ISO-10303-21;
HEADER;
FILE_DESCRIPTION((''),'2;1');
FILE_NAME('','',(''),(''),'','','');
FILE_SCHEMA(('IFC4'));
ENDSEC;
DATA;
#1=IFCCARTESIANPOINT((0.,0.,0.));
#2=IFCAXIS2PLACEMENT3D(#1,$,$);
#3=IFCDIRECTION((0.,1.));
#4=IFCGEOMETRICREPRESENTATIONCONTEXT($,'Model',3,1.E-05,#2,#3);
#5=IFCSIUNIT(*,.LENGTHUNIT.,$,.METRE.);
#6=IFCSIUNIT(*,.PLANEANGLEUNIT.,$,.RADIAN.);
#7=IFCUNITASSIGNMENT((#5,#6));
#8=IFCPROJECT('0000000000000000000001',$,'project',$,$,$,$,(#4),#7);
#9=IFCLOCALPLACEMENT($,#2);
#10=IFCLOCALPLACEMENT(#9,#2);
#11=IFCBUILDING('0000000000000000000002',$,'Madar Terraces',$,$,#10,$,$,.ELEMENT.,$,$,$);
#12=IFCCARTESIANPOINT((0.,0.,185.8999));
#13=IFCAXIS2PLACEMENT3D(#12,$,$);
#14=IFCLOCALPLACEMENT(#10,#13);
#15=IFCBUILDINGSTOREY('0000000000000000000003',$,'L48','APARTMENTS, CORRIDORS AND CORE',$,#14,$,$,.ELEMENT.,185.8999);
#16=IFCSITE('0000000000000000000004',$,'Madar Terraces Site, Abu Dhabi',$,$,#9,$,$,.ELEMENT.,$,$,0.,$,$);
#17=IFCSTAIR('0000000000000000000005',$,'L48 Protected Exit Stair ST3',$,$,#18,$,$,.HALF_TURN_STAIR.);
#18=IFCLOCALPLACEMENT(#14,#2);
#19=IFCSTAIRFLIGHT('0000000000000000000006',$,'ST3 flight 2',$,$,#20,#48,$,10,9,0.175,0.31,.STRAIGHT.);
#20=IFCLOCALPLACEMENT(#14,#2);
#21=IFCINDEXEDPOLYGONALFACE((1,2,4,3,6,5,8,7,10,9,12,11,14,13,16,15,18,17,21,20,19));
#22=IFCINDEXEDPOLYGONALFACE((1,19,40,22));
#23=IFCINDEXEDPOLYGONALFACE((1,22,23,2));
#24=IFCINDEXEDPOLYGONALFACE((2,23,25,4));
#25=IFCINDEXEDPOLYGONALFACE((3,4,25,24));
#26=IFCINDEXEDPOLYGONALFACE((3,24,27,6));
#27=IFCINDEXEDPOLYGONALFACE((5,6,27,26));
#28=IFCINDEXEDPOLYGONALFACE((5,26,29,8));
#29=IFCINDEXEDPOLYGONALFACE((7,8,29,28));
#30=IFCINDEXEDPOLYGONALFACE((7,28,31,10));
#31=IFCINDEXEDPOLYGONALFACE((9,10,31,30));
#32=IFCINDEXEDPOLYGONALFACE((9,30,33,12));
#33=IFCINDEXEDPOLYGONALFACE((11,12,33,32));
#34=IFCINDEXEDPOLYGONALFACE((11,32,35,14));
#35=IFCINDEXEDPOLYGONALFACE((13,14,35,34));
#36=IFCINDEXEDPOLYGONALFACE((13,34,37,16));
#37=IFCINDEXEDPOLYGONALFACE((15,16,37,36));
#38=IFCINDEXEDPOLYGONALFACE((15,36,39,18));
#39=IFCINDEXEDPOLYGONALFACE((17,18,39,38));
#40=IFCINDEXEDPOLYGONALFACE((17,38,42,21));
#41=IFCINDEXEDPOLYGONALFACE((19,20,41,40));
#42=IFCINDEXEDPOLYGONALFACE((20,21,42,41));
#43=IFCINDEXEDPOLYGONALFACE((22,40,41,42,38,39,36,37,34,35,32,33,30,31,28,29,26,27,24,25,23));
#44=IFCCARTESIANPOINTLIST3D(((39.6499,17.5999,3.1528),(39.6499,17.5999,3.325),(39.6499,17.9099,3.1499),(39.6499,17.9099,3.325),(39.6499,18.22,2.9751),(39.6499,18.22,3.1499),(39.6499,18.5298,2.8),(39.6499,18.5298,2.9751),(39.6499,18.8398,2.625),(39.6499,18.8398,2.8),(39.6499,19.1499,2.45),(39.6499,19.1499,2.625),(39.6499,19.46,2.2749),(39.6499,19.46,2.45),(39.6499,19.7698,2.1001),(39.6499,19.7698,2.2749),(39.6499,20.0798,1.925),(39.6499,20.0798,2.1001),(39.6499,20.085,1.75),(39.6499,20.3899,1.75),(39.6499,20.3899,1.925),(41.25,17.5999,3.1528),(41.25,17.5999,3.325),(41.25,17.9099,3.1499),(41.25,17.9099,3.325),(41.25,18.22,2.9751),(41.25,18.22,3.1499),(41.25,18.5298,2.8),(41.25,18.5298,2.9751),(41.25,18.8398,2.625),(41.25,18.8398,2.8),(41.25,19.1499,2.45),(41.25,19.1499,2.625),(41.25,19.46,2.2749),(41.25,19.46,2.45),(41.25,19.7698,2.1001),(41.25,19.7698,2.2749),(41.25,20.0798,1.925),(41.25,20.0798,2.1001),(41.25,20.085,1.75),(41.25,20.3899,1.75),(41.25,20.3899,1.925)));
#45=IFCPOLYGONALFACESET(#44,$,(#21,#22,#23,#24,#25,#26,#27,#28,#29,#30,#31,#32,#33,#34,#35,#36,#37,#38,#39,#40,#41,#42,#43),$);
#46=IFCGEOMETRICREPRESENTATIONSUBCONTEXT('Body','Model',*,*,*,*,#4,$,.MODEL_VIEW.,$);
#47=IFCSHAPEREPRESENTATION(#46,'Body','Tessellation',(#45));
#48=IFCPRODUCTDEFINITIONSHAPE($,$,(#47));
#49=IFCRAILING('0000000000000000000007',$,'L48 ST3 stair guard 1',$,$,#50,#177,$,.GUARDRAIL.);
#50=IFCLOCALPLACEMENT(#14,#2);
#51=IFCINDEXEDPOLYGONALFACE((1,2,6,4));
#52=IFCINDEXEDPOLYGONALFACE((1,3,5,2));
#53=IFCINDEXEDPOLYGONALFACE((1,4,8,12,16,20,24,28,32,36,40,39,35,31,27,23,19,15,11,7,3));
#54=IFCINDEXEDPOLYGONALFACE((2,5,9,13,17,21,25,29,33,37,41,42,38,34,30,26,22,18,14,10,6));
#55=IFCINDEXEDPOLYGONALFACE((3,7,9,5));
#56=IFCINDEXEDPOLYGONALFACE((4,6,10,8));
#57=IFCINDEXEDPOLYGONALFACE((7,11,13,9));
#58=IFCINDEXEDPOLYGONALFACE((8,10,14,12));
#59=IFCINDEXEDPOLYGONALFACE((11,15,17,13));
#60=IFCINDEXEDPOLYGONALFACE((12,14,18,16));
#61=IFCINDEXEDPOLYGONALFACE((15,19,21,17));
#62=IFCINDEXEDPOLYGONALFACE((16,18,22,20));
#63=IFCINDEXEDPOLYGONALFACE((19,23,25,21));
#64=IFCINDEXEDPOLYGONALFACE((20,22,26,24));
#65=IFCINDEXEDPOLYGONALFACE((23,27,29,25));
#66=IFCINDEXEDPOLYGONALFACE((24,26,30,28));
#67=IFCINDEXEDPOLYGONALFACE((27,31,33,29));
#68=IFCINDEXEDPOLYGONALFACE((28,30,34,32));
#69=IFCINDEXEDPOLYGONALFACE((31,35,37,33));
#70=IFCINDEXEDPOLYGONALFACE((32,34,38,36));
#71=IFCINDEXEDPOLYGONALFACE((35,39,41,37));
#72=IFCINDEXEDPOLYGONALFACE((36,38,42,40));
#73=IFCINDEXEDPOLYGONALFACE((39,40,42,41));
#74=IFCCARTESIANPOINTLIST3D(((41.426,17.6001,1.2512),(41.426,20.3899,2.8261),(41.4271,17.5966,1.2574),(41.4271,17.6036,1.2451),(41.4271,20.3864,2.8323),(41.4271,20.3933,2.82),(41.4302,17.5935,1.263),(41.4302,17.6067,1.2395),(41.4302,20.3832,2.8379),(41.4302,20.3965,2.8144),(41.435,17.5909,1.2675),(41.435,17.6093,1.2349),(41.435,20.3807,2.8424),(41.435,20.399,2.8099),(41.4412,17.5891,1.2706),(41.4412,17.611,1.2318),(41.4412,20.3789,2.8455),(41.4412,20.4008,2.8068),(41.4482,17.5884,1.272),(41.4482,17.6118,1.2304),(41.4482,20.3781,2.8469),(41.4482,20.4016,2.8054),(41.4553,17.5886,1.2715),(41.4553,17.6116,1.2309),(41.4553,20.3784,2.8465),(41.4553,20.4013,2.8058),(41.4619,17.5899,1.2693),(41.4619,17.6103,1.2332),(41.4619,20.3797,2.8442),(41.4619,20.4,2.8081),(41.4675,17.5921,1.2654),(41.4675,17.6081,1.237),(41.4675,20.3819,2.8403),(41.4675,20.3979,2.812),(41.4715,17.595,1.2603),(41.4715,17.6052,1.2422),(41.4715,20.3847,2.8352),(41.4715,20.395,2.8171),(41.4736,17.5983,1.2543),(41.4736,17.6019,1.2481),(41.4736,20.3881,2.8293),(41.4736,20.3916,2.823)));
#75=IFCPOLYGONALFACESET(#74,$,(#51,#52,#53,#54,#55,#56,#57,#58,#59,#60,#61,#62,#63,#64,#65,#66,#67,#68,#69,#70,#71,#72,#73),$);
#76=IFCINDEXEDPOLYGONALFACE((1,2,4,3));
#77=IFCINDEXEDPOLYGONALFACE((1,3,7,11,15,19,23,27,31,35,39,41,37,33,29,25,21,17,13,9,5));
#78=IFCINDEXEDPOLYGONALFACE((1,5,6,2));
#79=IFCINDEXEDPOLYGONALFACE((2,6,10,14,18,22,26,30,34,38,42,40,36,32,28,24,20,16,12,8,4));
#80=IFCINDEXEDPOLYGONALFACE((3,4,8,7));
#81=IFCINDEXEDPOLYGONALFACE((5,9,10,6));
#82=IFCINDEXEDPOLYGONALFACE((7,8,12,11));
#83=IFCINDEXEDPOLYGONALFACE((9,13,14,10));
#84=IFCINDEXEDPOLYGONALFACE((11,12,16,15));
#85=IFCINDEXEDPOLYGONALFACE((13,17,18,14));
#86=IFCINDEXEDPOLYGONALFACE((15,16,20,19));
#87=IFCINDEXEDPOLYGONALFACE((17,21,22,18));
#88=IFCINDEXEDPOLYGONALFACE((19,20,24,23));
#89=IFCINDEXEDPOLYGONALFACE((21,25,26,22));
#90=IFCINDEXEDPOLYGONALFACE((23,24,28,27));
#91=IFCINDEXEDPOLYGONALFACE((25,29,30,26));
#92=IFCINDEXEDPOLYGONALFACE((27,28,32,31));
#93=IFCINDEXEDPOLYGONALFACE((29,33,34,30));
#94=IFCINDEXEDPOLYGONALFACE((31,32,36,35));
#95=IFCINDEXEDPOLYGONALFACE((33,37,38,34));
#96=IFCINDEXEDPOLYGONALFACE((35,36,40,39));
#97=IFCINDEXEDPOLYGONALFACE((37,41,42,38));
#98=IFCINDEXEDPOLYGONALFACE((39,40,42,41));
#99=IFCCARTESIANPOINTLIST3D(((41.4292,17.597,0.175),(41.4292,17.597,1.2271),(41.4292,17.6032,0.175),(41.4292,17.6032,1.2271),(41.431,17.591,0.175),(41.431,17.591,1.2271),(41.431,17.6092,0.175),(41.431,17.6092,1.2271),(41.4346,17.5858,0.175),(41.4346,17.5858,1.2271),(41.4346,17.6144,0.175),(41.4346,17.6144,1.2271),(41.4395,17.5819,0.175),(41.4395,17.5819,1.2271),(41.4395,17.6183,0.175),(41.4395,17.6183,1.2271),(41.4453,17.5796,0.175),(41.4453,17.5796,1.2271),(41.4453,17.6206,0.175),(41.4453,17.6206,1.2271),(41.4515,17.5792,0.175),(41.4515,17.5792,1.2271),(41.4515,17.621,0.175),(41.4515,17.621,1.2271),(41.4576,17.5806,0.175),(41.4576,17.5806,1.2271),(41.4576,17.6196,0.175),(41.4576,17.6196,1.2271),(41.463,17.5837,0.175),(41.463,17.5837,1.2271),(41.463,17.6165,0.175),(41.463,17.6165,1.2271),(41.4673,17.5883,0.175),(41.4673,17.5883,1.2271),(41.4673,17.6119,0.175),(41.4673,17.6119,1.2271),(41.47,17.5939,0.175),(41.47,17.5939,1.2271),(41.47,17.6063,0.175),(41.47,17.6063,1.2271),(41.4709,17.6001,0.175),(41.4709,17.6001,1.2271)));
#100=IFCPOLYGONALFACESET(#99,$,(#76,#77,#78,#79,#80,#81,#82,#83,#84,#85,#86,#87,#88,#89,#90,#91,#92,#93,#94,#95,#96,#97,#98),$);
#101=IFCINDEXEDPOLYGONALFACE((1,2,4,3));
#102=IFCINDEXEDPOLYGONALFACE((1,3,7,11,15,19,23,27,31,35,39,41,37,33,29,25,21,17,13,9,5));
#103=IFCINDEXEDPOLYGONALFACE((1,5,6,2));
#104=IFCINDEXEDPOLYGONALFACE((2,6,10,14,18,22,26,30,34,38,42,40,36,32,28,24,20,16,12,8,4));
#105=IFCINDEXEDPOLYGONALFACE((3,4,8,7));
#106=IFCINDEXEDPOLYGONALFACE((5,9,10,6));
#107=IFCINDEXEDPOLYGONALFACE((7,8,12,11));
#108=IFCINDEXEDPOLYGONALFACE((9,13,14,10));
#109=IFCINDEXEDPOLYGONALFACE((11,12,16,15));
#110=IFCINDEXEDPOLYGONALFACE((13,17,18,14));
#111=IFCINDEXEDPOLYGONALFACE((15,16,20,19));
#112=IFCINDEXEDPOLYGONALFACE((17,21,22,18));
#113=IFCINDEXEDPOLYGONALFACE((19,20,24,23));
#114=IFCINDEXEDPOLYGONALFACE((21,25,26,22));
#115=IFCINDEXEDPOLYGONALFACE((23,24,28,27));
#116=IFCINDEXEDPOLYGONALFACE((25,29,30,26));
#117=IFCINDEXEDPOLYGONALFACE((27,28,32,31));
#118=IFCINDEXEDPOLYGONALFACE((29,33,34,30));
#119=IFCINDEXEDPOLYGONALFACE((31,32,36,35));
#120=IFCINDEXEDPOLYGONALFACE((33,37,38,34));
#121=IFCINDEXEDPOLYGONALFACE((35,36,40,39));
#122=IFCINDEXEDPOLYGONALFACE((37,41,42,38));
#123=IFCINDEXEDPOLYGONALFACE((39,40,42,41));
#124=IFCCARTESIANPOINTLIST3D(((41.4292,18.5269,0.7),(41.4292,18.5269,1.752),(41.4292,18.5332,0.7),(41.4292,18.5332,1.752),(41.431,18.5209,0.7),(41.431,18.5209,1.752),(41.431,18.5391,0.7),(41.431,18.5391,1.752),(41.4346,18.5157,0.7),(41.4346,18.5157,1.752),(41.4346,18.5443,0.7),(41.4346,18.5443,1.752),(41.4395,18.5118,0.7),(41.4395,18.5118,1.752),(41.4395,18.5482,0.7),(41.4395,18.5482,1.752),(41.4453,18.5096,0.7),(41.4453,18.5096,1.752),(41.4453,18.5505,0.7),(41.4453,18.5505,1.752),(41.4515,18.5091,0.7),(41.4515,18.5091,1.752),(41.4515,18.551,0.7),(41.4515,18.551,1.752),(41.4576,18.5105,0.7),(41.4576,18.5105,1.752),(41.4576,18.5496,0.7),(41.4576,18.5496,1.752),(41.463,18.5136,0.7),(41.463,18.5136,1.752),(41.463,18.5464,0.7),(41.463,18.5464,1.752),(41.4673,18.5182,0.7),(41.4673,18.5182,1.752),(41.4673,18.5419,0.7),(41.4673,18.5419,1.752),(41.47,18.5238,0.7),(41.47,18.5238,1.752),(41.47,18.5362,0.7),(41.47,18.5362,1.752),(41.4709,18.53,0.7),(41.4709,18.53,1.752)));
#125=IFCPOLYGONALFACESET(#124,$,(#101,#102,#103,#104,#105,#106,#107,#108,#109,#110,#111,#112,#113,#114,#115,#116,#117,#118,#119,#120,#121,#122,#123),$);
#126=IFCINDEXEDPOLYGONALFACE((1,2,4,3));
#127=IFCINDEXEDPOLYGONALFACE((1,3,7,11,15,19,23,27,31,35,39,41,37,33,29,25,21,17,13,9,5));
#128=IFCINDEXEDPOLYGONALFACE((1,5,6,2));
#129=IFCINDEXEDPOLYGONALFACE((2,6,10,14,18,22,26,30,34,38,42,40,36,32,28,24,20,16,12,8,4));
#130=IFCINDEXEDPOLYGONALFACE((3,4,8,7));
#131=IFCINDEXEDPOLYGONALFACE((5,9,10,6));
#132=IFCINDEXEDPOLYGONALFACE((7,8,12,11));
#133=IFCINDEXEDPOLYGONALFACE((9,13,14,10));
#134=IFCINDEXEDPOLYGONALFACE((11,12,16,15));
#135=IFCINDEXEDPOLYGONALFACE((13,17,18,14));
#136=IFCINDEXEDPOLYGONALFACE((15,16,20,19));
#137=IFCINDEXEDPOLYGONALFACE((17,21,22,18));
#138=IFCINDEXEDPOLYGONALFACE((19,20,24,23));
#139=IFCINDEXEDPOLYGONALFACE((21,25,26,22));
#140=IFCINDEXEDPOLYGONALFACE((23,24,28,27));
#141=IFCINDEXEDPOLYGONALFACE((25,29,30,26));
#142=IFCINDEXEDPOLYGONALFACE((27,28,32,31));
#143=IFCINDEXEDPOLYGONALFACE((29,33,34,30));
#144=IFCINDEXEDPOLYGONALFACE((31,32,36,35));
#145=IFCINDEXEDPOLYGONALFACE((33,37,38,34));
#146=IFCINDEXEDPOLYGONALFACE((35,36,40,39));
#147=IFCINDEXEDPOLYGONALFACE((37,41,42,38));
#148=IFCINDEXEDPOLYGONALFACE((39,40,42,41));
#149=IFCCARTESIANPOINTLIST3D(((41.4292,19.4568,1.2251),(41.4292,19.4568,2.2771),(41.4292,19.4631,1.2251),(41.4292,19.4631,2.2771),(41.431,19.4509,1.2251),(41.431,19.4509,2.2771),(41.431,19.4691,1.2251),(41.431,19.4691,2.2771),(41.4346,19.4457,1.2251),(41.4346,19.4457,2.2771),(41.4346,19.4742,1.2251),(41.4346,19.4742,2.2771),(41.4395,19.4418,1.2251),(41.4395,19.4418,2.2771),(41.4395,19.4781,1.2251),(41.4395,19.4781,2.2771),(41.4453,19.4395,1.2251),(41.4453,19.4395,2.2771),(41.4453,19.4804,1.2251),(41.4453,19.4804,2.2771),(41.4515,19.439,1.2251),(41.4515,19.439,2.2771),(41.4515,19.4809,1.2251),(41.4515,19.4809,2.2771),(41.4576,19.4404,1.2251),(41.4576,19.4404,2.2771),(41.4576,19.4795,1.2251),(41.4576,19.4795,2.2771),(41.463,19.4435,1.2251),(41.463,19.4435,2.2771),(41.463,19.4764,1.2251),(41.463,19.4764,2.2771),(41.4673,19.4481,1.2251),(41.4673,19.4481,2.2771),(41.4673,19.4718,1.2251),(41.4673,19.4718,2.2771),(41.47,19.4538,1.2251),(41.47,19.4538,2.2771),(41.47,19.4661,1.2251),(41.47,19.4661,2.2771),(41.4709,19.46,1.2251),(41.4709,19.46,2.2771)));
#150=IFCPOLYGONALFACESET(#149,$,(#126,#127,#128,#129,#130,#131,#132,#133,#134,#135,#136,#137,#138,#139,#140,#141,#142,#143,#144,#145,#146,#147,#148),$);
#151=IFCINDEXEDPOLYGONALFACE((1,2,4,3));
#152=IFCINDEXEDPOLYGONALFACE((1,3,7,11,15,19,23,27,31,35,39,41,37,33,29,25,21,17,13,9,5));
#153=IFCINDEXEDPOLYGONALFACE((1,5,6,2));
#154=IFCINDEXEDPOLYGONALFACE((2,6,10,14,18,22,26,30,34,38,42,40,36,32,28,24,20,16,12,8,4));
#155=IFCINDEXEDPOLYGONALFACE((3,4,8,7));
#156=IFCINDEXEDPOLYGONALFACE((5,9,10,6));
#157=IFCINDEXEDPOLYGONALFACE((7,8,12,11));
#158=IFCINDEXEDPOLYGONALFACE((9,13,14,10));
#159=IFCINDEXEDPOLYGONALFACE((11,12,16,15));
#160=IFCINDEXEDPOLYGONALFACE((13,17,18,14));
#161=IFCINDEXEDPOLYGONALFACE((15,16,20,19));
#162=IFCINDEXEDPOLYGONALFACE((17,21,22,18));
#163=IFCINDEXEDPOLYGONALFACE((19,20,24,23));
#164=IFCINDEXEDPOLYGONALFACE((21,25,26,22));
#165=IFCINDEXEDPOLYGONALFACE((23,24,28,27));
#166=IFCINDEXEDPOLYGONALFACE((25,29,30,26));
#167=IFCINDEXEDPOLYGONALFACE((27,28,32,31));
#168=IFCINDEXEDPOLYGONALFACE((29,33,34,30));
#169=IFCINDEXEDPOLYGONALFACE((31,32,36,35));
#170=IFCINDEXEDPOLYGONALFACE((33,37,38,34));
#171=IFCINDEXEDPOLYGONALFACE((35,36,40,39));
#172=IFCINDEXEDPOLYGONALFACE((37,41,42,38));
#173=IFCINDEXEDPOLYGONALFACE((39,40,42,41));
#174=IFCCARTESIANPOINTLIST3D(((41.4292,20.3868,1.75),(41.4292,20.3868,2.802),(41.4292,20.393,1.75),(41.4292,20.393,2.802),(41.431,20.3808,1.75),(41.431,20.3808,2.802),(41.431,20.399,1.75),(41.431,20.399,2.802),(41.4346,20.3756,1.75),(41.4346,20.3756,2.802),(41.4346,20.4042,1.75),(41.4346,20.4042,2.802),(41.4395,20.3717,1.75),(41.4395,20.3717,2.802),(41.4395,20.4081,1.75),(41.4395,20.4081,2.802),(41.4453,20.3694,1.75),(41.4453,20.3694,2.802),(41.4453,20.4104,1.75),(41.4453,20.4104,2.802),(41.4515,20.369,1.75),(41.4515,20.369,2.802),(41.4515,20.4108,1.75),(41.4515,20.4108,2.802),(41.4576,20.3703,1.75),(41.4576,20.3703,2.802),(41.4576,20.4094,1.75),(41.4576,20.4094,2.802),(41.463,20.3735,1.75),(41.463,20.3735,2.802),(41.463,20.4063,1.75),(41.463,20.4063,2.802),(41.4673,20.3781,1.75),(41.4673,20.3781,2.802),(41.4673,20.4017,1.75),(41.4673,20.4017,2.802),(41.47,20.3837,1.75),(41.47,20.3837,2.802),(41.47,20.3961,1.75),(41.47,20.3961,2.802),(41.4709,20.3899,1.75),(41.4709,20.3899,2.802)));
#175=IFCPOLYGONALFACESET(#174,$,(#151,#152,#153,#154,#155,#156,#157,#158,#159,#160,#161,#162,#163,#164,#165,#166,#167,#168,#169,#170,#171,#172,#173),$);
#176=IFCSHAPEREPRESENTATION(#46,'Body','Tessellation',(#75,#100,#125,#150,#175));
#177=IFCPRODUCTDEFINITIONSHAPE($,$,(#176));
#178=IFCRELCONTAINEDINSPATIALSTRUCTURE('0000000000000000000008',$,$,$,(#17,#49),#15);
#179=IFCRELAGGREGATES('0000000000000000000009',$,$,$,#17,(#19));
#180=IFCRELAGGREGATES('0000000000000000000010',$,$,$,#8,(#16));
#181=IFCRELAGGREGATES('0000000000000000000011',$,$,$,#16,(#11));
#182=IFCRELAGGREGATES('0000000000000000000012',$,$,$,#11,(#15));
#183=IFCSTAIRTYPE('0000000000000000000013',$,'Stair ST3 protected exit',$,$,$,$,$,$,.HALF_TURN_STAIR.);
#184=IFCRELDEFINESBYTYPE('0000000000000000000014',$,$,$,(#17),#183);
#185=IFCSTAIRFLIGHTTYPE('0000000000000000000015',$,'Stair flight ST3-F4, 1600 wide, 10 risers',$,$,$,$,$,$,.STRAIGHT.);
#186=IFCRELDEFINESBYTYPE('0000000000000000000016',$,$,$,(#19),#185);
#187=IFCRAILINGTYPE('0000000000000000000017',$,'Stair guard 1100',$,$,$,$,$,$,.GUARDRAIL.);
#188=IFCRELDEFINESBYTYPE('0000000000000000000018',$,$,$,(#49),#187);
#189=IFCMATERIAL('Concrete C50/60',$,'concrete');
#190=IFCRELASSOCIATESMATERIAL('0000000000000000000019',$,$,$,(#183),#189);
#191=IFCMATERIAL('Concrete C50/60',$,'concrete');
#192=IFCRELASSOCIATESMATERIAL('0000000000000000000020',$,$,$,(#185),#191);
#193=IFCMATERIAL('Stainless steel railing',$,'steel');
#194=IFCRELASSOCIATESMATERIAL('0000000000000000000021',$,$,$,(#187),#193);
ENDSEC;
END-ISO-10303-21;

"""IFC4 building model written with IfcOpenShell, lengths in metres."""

from ifc_helpers import new_model, si_unit, direction, frame, origin, origin_2d, place, context, subcontext, project, spatial, polyline, circle, outline, extrude, material, type_object, element, aggregate, save


model = new_model("IFC4")

# Units and contexts
model_context = context("Model", 3, precision=1e-05, world=origin(), true_north=direction((0.0, 1.0)))
body_context = subcontext(model_context, "Body", "Model", "MODEL_VIEW")
ifc_project = project(units=[si_unit("LENGTHUNIT", "METRE"), si_unit("PLANEANGLEUNIT", "RADIAN")], contexts=[model_context])

# Site, building, storey
site_placement = place(None, origin())
site = spatial("IfcSite", under=ifc_project, at=site_placement, Name="Madar Terraces Site, Abu Dhabi", CompositionType="ELEMENT", RefElevation=0.0)
building_placement = place(site_placement, origin())
building = spatial("IfcBuilding", under=site, at=building_placement, Name="Madar Terraces", CompositionType="ELEMENT")
storey_placement = place(building_placement, frame((0.0, 0.0, 185.8999)))
storey = spatial("IfcBuildingStorey", under=building, at=storey_placement, Name="L48", Description="APARTMENTS, CORRIDORS AND CORE", CompositionType="ELEMENT", Elevation=185.8999)

# Stair, stair flight
ifc_material_1 = material(Name="Concrete C50/60", Category="concrete")
stair_type = type_object("IfcStairType", Name="Stair ST3 protected exit", PredefinedType="HALF_TURN_STAIR", material=ifc_material_1)
stair_placement = place(storey_placement, origin())
stair = element("IfcStair", 1, at=stair_placement, inside=storey, type_object=stair_type, Name="L48 Protected Exit Stair ST3", PredefinedType="HALF_TURN_STAIR")
ifc_material_2 = material(Name="Concrete C50/60", Category="concrete")
stair_flight_type = type_object("IfcStairFlightType", Name="Stair flight ST3-F4, 1600 wide, 10 risers", PredefinedType="STRAIGHT", material=ifc_material_2)
stair_flight_1_placement = place(storey_placement, frame((40.45, 20.3899, 1.75), z_axis=(0.0, 0.0, 1.0), x_axis=(0.0, -1.0, 0.0)))
stair_flight_1 = element("IfcStairFlight", 2, at=stair_flight_1_placement, type_object=stair_flight_type, Name="ST3 flight 2", NumberOfRisers=10, NumberOfTreads=9, PredefinedType="STRAIGHT", RiserHeight=0.175, TreadLength=0.31, context=body_context, shape_type="SweptSolid", body=[
    extrude(outline(polyline([(0.0, 0.0), (0.0, 0.175), (0.3101, 0.175), (0.3101, 0.3501), (0.6201, 0.3501), (0.6201, 0.5249), (0.9299, 0.5249), (0.9299, 0.7), (1.24, 0.7), (1.24, 0.875), (1.55, 0.875), (1.55, 1.05), (1.8601, 1.05), (1.8601, 1.2251), (2.1699, 1.2251), (2.1699, 1.3999), (2.48, 1.3999), (2.48, 1.575), (2.79, 1.575), (2.79, 1.75), (2.79, 1.4028), (0.3049, 0.0), (0.0, 0.0)])), frame((0.0, 0.8, 0.0), z_axis=(0.0, -1.0, 0.0), x_axis=(1.0, 0.0, 0.0)), (0.0, 0.0, 1.0), 1.6001),
])
aggregate(stair, [stair_flight_1])

# Railing
ifc_material_3 = material(Name="Stainless steel railing", Category="steel")
railing_type_1 = type_object("IfcRailingType", Name="Stair guard 1100", PredefinedType="GUARDRAIL", material=ifc_material_3)
railing_1_placement = place(storey_placement, frame((41.45, 17.6001, 0.175)))
element("IfcRailing", 3, at=railing_1_placement, inside=storey, type_object=railing_type_1, Name="L48 ST3 stair guard 1", PredefinedType="GUARDRAIL", context=body_context, shape_type="SweptSolid", body=[
    extrude(circle(Radius=0.0239, at=origin_2d()), frame((0.0, 0.0, 1.0762), z_axis=(0.0, 0.870815, 0.49161), x_axis=(-1.0, 0.0, 0.0)), (0.0, 0.0, 1.0), 3.2036),
    extrude(circle(Radius=0.021, at=origin_2d()), origin(), (0.0, 0.0, 1.0), 1.052),
    extrude(circle(Radius=0.021, at=origin_2d()), frame((0.0, 0.9299, 0.5249)), (0.0, 0.0, 1.0), 1.052),
    extrude(circle(Radius=0.021, at=origin_2d()), frame((0.0, 1.8599, 1.05)), (0.0, 0.0, 1.0), 1.052),
    extrude(circle(Radius=0.021, at=origin_2d()), frame((0.0, 2.7898, 1.575)), (0.0, 0.0, 1.0), 1.052),
])

save(model, "model.ifc")
